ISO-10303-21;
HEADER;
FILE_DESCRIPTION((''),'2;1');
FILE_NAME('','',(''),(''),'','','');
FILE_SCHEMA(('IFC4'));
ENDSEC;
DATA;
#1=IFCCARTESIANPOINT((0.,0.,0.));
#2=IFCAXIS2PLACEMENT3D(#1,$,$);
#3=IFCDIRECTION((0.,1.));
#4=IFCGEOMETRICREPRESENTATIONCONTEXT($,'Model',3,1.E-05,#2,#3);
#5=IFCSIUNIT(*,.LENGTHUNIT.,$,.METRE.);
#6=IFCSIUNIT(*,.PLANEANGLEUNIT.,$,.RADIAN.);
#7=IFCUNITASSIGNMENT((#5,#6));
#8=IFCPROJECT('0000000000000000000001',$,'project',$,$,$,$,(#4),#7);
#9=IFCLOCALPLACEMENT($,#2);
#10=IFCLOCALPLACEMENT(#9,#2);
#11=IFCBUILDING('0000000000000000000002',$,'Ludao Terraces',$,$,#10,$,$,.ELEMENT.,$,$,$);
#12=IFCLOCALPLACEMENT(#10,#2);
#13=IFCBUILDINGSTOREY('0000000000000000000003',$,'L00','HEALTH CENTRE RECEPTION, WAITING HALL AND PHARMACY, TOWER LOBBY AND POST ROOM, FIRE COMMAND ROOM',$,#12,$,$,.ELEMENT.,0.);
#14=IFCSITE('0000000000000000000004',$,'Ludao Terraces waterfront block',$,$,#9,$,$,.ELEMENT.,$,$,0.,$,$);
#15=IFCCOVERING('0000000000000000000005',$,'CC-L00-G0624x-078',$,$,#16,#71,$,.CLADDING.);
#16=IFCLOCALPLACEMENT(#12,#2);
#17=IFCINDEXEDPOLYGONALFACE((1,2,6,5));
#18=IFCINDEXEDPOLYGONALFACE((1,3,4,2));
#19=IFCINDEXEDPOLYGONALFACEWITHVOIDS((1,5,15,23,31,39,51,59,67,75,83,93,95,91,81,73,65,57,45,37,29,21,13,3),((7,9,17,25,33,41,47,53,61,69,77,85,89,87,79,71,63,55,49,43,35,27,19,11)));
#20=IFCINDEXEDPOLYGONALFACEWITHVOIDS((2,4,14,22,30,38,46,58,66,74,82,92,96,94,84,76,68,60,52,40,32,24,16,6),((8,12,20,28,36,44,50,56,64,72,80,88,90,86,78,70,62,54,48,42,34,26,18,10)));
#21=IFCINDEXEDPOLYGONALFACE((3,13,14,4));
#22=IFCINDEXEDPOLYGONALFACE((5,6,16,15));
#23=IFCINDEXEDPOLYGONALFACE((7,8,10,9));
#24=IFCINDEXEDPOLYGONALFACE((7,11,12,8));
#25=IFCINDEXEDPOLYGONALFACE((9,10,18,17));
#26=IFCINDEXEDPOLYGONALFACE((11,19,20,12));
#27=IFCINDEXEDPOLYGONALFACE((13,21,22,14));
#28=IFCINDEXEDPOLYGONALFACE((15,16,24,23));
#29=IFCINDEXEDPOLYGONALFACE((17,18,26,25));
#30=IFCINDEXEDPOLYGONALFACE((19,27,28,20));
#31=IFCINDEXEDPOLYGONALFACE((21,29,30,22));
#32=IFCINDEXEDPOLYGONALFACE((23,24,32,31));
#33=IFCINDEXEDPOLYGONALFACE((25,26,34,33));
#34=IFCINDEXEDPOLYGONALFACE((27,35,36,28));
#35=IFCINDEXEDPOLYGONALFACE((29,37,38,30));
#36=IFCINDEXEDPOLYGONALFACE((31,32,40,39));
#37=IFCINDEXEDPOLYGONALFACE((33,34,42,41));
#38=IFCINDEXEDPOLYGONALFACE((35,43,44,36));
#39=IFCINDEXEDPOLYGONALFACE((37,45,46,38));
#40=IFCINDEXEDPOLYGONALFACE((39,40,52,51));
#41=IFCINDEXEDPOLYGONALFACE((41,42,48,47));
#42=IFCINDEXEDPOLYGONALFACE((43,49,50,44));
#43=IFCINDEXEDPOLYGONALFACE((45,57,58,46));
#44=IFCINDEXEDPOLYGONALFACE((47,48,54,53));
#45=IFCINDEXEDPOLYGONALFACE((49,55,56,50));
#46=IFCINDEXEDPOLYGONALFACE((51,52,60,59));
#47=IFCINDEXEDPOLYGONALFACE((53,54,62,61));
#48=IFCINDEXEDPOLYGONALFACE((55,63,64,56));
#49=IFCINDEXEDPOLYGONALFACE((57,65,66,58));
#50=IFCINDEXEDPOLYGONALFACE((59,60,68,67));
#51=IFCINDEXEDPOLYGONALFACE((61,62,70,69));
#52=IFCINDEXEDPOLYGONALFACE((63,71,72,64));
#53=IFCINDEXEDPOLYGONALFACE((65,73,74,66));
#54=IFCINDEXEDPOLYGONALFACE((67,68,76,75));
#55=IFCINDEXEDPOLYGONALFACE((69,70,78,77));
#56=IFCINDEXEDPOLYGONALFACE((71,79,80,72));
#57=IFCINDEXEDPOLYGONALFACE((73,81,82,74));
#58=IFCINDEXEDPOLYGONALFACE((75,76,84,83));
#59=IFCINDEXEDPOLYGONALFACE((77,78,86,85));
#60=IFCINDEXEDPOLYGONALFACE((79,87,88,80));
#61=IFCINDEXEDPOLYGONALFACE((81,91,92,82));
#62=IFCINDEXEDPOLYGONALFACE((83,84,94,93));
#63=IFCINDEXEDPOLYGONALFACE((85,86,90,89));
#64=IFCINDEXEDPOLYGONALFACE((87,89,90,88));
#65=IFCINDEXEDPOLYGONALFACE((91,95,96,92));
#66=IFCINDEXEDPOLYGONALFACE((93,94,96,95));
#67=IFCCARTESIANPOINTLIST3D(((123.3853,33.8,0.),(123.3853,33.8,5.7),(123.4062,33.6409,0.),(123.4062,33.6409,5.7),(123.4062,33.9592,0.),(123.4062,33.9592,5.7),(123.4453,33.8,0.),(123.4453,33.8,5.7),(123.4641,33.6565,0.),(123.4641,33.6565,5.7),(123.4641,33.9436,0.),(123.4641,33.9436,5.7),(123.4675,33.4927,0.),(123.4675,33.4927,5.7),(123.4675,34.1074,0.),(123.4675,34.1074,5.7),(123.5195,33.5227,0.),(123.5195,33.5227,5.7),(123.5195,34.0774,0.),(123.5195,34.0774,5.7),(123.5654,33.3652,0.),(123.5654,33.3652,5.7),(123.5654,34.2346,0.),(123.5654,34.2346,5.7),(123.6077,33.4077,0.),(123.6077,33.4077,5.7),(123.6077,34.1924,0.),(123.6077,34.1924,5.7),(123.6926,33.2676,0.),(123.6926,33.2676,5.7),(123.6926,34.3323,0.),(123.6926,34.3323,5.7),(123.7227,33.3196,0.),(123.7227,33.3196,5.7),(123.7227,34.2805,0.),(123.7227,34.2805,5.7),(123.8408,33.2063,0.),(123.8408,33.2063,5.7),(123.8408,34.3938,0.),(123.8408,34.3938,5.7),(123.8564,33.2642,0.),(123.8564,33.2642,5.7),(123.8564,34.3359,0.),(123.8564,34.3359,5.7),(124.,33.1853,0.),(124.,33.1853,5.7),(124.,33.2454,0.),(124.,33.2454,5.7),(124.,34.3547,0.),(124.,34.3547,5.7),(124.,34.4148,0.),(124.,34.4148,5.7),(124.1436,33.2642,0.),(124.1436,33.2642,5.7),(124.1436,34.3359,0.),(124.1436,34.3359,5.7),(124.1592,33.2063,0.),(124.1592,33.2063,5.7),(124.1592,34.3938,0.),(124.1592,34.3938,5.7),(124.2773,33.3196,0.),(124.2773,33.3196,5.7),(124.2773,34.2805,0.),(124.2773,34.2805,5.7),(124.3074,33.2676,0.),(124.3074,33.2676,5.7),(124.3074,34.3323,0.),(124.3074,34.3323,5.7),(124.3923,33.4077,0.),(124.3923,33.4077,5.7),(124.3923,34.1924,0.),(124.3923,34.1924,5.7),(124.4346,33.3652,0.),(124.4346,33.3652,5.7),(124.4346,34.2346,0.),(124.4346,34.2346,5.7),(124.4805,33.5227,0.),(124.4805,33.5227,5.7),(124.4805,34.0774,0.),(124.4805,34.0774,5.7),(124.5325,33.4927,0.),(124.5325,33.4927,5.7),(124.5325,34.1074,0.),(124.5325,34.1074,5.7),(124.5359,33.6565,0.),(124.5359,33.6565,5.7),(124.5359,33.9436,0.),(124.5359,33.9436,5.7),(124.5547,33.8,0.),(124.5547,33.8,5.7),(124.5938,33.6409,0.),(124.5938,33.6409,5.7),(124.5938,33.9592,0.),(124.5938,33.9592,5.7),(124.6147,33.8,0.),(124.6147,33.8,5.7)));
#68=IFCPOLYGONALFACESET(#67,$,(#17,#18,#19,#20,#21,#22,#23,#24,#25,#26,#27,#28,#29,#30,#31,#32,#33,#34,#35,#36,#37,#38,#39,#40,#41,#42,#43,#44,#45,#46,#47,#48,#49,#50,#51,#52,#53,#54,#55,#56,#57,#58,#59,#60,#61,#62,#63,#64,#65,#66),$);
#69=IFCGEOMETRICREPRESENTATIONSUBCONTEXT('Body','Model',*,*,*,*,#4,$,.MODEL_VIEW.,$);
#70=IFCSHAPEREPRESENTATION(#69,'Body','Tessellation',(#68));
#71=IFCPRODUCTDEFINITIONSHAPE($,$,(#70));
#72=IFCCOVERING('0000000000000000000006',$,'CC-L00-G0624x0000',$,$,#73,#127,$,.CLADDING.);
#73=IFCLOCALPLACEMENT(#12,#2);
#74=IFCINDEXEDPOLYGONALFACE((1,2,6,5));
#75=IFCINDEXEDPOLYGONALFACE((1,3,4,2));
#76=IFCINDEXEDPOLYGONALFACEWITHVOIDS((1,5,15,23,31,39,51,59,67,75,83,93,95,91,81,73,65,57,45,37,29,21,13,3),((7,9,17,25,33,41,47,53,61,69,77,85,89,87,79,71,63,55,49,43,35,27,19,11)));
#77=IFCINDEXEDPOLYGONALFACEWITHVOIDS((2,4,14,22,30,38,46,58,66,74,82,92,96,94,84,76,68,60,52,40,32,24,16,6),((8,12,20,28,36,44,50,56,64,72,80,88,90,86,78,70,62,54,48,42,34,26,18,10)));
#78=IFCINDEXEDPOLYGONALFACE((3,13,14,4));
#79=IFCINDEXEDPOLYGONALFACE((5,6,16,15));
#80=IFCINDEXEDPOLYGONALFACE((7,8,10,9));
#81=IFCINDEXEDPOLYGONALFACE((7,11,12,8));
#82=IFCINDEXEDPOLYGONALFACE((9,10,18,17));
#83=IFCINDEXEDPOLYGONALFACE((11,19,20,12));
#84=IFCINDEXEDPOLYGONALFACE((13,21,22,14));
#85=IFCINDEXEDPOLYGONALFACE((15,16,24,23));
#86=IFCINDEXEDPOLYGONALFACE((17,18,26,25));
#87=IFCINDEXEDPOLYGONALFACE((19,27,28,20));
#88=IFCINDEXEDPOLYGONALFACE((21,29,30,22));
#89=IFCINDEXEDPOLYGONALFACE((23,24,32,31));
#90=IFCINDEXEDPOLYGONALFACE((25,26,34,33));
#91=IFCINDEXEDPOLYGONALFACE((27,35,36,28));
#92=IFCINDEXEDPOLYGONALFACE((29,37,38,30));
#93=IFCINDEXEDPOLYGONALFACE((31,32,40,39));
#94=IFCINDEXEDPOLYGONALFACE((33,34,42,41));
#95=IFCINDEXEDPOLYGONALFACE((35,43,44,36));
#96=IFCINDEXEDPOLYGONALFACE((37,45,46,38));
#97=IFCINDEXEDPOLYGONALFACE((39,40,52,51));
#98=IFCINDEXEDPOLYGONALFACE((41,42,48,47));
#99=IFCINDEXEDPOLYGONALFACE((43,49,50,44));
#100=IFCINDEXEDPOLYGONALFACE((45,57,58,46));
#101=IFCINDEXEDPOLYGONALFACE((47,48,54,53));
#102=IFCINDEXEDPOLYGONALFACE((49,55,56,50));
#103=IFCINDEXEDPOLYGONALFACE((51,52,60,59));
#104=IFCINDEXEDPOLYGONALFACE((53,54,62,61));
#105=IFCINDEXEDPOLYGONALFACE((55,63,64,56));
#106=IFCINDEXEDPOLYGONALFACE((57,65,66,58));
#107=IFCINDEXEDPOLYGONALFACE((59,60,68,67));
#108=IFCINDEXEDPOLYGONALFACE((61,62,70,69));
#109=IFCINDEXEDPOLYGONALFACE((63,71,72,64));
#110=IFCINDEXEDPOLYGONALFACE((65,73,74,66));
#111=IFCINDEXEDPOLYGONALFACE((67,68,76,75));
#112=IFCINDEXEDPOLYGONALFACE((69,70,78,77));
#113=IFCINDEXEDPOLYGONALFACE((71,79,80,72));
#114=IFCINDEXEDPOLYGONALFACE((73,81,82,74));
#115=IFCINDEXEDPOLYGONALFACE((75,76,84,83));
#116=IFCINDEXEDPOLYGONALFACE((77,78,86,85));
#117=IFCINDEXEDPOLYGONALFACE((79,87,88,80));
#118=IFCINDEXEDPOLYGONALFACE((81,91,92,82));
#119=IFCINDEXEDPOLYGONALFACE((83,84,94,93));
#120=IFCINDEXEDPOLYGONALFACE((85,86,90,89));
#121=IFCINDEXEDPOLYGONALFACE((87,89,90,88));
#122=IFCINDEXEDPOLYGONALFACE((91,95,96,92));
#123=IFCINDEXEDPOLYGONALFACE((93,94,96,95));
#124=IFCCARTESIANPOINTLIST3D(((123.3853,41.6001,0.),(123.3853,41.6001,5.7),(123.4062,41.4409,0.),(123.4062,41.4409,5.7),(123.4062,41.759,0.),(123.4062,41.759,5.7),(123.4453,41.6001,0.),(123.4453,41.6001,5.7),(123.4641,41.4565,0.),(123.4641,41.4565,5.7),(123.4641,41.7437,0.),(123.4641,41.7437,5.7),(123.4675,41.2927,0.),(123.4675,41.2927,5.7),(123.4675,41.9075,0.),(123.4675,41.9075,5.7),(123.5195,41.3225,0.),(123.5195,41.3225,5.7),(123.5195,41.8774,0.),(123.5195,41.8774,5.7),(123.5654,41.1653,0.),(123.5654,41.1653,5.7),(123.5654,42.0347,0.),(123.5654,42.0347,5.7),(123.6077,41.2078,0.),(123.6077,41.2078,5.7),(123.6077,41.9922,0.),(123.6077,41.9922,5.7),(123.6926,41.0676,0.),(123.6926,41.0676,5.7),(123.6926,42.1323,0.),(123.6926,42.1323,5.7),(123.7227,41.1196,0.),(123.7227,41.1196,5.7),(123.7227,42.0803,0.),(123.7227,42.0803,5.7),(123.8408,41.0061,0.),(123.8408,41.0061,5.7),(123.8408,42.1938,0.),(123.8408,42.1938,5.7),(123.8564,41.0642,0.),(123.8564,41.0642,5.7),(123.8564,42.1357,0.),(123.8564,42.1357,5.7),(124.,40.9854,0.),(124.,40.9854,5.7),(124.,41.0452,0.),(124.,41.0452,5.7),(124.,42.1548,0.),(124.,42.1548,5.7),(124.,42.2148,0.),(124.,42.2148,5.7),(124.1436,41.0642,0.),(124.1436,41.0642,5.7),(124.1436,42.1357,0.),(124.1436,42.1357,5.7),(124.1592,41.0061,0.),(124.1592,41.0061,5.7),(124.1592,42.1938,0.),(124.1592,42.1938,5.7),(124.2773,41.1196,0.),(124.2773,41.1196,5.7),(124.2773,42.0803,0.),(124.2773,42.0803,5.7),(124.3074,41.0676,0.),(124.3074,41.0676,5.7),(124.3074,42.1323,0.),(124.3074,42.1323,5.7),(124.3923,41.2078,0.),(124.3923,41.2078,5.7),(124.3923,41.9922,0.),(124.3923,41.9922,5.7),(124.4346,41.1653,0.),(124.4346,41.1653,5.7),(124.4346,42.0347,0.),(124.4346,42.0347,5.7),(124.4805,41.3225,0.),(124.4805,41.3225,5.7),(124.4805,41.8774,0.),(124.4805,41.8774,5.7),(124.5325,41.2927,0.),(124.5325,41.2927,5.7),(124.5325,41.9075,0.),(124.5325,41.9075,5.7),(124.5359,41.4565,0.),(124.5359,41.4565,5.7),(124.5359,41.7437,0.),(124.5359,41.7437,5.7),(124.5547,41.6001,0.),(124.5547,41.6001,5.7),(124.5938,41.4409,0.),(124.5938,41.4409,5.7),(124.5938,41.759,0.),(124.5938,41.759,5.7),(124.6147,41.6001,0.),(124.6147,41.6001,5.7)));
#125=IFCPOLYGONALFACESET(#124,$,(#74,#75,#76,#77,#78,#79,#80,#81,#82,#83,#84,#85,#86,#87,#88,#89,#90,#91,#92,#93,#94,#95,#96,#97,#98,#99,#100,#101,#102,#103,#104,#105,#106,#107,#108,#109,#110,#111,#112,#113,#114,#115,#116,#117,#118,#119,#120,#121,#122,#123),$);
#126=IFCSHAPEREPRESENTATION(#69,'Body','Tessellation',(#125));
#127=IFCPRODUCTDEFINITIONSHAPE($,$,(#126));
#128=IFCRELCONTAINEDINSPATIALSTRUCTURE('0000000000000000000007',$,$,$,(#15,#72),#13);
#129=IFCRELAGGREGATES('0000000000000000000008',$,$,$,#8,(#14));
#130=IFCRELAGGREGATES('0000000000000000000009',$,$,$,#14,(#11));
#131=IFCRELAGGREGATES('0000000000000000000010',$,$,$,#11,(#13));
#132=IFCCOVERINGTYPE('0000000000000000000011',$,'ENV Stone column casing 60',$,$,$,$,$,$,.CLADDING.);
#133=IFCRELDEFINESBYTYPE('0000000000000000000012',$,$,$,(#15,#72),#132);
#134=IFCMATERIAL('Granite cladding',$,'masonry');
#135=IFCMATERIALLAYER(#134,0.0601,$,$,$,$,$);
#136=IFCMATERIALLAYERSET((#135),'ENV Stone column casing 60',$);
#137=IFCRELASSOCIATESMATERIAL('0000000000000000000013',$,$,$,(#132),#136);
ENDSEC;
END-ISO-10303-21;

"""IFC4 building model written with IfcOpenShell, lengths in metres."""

from ifc_helpers import new_model, si_unit, direction, origin, place, context, subcontext, project, spatial, polyline, outline, extrude, material, layer, layer_set, type_object, element, save


model = new_model("IFC4")

# Units and contexts
model_context = context("Model", 3, precision=1e-05, world=origin(), true_north=direction((0.0, 1.0)))
body_context = subcontext(model_context, "Body", "Model", "MODEL_VIEW")
ifc_project = project(units=[si_unit("LENGTHUNIT", "METRE"), si_unit("PLANEANGLEUNIT", "RADIAN")], contexts=[model_context])

# Site, building, storey
site_placement = place(None, origin())
site = spatial("IfcSite", under=ifc_project, at=site_placement, Name="Ludao Terraces waterfront block", CompositionType="ELEMENT", RefElevation=0.0)
building_placement = place(site_placement, origin())
building = spatial("IfcBuilding", under=site, at=building_placement, Name="Ludao Terraces", CompositionType="ELEMENT")
storey_placement = place(building_placement, origin())
storey = spatial("IfcBuildingStorey", under=building, at=storey_placement, Name="L00", Description="HEALTH CENTRE RECEPTION, WAITING HALL AND PHARMACY, TOWER LOBBY AND POST ROOM, FIRE COMMAND ROOM", CompositionType="ELEMENT", Elevation=0.0)

# Coverings
ifc_material_1 = material(Name="Granite cladding", Category="masonry")
ifc_layer_1 = layer(ifc_material_1, 0.0601)
ifc_layer_set_1 = layer_set([ifc_layer_1], Name="ENV Stone column casing 60")
covering_type_1 = type_object("IfcCoveringType", Name="ENV Stone column casing 60", PredefinedType="CLADDING", material=ifc_layer_set_1)
covering_1_placement = place(storey_placement, origin())
element("IfcCovering", 1, at=covering_1_placement, inside=storey, type_object=covering_type_1, Name="CC-L00-G0624x-078", PredefinedType="CLADDING", context=body_context, shape_type="SweptSolid", body=[
    extrude(outline(polyline([(124.6147, 33.8), (124.5938, 33.9592), (124.5325, 34.1074), (124.4346, 34.2346), (124.3074, 34.3323), (124.1592, 34.3938), (124.0, 34.4148), (123.8408, 34.3938), (123.6926, 34.3323), (123.5654, 34.2346), (123.4675, 34.1074), (123.4062, 33.9592), (123.3853, 33.8), (123.4062, 33.6409), (123.4675, 33.4927), (123.5654, 33.3652), (123.6926, 33.2676), (123.8408, 33.2063), (124.0, 33.1853), (124.1592, 33.2063), (124.3074, 33.2676), (124.4346, 33.3652), (124.5325, 33.4927), (124.5938, 33.6409), (124.6147, 33.8)]), holes=[polyline([(124.5359, 33.6565), (124.4805, 33.5227), (124.3923, 33.4077), (124.2773, 33.3196), (124.1436, 33.2642), (124.0, 33.2454), (123.8564, 33.2642), (123.7227, 33.3196), (123.6077, 33.4077), (123.5195, 33.5227), (123.4641, 33.6565), (123.4453, 33.8), (123.4641, 33.9436), (123.5195, 34.0774), (123.6077, 34.1924), (123.7227, 34.2805), (123.8564, 34.3359), (124.0, 34.3547), (124.1436, 34.3359), (124.2773, 34.2805), (124.3923, 34.1924), (124.4805, 34.0774), (124.5359, 33.9436), (124.5547, 33.8), (124.5359, 33.6565)])]), origin(), (0.0, 0.0, 1.0), 5.7),
])
covering_2_placement = place(storey_placement, origin())
element("IfcCovering", 2, at=covering_2_placement, inside=storey, type_object=covering_type_1, Name="CC-L00-G0624x0000", PredefinedType="CLADDING", context=body_context, shape_type="SweptSolid", body=[
    extrude(outline(polyline([(124.6147, 41.6001), (124.5938, 41.759), (124.5325, 41.9075), (124.4346, 42.0347), (124.3074, 42.1323), (124.1592, 42.1938), (124.0, 42.2148), (123.8408, 42.1938), (123.6926, 42.1323), (123.5654, 42.0347), (123.4675, 41.9075), (123.4062, 41.759), (123.3853, 41.6001), (123.4062, 41.4409), (123.4675, 41.2927), (123.5654, 41.1653), (123.6926, 41.0676), (123.8408, 41.0061), (124.0, 40.9854), (124.1592, 41.0061), (124.3074, 41.0676), (124.4346, 41.1653), (124.5325, 41.2927), (124.5938, 41.4409), (124.6147, 41.6001)]), holes=[polyline([(124.5359, 41.4565), (124.4805, 41.3225), (124.3923, 41.2078), (124.2773, 41.1196), (124.1436, 41.0642), (124.0, 41.0452), (123.8564, 41.0642), (123.7227, 41.1196), (123.6077, 41.2078), (123.5195, 41.3225), (123.4641, 41.4565), (123.4453, 41.6001), (123.4641, 41.7437), (123.5195, 41.8774), (123.6077, 41.9922), (123.7227, 42.0803), (123.8564, 42.1357), (124.0, 42.1548), (124.1436, 42.1357), (124.2773, 42.0803), (124.3923, 41.9922), (124.4805, 41.8774), (124.5359, 41.7437), (124.5547, 41.6001), (124.5359, 41.4565)])]), origin(), (0.0, 0.0, 1.0), 5.7),
])

save(model, "model.ifc")
